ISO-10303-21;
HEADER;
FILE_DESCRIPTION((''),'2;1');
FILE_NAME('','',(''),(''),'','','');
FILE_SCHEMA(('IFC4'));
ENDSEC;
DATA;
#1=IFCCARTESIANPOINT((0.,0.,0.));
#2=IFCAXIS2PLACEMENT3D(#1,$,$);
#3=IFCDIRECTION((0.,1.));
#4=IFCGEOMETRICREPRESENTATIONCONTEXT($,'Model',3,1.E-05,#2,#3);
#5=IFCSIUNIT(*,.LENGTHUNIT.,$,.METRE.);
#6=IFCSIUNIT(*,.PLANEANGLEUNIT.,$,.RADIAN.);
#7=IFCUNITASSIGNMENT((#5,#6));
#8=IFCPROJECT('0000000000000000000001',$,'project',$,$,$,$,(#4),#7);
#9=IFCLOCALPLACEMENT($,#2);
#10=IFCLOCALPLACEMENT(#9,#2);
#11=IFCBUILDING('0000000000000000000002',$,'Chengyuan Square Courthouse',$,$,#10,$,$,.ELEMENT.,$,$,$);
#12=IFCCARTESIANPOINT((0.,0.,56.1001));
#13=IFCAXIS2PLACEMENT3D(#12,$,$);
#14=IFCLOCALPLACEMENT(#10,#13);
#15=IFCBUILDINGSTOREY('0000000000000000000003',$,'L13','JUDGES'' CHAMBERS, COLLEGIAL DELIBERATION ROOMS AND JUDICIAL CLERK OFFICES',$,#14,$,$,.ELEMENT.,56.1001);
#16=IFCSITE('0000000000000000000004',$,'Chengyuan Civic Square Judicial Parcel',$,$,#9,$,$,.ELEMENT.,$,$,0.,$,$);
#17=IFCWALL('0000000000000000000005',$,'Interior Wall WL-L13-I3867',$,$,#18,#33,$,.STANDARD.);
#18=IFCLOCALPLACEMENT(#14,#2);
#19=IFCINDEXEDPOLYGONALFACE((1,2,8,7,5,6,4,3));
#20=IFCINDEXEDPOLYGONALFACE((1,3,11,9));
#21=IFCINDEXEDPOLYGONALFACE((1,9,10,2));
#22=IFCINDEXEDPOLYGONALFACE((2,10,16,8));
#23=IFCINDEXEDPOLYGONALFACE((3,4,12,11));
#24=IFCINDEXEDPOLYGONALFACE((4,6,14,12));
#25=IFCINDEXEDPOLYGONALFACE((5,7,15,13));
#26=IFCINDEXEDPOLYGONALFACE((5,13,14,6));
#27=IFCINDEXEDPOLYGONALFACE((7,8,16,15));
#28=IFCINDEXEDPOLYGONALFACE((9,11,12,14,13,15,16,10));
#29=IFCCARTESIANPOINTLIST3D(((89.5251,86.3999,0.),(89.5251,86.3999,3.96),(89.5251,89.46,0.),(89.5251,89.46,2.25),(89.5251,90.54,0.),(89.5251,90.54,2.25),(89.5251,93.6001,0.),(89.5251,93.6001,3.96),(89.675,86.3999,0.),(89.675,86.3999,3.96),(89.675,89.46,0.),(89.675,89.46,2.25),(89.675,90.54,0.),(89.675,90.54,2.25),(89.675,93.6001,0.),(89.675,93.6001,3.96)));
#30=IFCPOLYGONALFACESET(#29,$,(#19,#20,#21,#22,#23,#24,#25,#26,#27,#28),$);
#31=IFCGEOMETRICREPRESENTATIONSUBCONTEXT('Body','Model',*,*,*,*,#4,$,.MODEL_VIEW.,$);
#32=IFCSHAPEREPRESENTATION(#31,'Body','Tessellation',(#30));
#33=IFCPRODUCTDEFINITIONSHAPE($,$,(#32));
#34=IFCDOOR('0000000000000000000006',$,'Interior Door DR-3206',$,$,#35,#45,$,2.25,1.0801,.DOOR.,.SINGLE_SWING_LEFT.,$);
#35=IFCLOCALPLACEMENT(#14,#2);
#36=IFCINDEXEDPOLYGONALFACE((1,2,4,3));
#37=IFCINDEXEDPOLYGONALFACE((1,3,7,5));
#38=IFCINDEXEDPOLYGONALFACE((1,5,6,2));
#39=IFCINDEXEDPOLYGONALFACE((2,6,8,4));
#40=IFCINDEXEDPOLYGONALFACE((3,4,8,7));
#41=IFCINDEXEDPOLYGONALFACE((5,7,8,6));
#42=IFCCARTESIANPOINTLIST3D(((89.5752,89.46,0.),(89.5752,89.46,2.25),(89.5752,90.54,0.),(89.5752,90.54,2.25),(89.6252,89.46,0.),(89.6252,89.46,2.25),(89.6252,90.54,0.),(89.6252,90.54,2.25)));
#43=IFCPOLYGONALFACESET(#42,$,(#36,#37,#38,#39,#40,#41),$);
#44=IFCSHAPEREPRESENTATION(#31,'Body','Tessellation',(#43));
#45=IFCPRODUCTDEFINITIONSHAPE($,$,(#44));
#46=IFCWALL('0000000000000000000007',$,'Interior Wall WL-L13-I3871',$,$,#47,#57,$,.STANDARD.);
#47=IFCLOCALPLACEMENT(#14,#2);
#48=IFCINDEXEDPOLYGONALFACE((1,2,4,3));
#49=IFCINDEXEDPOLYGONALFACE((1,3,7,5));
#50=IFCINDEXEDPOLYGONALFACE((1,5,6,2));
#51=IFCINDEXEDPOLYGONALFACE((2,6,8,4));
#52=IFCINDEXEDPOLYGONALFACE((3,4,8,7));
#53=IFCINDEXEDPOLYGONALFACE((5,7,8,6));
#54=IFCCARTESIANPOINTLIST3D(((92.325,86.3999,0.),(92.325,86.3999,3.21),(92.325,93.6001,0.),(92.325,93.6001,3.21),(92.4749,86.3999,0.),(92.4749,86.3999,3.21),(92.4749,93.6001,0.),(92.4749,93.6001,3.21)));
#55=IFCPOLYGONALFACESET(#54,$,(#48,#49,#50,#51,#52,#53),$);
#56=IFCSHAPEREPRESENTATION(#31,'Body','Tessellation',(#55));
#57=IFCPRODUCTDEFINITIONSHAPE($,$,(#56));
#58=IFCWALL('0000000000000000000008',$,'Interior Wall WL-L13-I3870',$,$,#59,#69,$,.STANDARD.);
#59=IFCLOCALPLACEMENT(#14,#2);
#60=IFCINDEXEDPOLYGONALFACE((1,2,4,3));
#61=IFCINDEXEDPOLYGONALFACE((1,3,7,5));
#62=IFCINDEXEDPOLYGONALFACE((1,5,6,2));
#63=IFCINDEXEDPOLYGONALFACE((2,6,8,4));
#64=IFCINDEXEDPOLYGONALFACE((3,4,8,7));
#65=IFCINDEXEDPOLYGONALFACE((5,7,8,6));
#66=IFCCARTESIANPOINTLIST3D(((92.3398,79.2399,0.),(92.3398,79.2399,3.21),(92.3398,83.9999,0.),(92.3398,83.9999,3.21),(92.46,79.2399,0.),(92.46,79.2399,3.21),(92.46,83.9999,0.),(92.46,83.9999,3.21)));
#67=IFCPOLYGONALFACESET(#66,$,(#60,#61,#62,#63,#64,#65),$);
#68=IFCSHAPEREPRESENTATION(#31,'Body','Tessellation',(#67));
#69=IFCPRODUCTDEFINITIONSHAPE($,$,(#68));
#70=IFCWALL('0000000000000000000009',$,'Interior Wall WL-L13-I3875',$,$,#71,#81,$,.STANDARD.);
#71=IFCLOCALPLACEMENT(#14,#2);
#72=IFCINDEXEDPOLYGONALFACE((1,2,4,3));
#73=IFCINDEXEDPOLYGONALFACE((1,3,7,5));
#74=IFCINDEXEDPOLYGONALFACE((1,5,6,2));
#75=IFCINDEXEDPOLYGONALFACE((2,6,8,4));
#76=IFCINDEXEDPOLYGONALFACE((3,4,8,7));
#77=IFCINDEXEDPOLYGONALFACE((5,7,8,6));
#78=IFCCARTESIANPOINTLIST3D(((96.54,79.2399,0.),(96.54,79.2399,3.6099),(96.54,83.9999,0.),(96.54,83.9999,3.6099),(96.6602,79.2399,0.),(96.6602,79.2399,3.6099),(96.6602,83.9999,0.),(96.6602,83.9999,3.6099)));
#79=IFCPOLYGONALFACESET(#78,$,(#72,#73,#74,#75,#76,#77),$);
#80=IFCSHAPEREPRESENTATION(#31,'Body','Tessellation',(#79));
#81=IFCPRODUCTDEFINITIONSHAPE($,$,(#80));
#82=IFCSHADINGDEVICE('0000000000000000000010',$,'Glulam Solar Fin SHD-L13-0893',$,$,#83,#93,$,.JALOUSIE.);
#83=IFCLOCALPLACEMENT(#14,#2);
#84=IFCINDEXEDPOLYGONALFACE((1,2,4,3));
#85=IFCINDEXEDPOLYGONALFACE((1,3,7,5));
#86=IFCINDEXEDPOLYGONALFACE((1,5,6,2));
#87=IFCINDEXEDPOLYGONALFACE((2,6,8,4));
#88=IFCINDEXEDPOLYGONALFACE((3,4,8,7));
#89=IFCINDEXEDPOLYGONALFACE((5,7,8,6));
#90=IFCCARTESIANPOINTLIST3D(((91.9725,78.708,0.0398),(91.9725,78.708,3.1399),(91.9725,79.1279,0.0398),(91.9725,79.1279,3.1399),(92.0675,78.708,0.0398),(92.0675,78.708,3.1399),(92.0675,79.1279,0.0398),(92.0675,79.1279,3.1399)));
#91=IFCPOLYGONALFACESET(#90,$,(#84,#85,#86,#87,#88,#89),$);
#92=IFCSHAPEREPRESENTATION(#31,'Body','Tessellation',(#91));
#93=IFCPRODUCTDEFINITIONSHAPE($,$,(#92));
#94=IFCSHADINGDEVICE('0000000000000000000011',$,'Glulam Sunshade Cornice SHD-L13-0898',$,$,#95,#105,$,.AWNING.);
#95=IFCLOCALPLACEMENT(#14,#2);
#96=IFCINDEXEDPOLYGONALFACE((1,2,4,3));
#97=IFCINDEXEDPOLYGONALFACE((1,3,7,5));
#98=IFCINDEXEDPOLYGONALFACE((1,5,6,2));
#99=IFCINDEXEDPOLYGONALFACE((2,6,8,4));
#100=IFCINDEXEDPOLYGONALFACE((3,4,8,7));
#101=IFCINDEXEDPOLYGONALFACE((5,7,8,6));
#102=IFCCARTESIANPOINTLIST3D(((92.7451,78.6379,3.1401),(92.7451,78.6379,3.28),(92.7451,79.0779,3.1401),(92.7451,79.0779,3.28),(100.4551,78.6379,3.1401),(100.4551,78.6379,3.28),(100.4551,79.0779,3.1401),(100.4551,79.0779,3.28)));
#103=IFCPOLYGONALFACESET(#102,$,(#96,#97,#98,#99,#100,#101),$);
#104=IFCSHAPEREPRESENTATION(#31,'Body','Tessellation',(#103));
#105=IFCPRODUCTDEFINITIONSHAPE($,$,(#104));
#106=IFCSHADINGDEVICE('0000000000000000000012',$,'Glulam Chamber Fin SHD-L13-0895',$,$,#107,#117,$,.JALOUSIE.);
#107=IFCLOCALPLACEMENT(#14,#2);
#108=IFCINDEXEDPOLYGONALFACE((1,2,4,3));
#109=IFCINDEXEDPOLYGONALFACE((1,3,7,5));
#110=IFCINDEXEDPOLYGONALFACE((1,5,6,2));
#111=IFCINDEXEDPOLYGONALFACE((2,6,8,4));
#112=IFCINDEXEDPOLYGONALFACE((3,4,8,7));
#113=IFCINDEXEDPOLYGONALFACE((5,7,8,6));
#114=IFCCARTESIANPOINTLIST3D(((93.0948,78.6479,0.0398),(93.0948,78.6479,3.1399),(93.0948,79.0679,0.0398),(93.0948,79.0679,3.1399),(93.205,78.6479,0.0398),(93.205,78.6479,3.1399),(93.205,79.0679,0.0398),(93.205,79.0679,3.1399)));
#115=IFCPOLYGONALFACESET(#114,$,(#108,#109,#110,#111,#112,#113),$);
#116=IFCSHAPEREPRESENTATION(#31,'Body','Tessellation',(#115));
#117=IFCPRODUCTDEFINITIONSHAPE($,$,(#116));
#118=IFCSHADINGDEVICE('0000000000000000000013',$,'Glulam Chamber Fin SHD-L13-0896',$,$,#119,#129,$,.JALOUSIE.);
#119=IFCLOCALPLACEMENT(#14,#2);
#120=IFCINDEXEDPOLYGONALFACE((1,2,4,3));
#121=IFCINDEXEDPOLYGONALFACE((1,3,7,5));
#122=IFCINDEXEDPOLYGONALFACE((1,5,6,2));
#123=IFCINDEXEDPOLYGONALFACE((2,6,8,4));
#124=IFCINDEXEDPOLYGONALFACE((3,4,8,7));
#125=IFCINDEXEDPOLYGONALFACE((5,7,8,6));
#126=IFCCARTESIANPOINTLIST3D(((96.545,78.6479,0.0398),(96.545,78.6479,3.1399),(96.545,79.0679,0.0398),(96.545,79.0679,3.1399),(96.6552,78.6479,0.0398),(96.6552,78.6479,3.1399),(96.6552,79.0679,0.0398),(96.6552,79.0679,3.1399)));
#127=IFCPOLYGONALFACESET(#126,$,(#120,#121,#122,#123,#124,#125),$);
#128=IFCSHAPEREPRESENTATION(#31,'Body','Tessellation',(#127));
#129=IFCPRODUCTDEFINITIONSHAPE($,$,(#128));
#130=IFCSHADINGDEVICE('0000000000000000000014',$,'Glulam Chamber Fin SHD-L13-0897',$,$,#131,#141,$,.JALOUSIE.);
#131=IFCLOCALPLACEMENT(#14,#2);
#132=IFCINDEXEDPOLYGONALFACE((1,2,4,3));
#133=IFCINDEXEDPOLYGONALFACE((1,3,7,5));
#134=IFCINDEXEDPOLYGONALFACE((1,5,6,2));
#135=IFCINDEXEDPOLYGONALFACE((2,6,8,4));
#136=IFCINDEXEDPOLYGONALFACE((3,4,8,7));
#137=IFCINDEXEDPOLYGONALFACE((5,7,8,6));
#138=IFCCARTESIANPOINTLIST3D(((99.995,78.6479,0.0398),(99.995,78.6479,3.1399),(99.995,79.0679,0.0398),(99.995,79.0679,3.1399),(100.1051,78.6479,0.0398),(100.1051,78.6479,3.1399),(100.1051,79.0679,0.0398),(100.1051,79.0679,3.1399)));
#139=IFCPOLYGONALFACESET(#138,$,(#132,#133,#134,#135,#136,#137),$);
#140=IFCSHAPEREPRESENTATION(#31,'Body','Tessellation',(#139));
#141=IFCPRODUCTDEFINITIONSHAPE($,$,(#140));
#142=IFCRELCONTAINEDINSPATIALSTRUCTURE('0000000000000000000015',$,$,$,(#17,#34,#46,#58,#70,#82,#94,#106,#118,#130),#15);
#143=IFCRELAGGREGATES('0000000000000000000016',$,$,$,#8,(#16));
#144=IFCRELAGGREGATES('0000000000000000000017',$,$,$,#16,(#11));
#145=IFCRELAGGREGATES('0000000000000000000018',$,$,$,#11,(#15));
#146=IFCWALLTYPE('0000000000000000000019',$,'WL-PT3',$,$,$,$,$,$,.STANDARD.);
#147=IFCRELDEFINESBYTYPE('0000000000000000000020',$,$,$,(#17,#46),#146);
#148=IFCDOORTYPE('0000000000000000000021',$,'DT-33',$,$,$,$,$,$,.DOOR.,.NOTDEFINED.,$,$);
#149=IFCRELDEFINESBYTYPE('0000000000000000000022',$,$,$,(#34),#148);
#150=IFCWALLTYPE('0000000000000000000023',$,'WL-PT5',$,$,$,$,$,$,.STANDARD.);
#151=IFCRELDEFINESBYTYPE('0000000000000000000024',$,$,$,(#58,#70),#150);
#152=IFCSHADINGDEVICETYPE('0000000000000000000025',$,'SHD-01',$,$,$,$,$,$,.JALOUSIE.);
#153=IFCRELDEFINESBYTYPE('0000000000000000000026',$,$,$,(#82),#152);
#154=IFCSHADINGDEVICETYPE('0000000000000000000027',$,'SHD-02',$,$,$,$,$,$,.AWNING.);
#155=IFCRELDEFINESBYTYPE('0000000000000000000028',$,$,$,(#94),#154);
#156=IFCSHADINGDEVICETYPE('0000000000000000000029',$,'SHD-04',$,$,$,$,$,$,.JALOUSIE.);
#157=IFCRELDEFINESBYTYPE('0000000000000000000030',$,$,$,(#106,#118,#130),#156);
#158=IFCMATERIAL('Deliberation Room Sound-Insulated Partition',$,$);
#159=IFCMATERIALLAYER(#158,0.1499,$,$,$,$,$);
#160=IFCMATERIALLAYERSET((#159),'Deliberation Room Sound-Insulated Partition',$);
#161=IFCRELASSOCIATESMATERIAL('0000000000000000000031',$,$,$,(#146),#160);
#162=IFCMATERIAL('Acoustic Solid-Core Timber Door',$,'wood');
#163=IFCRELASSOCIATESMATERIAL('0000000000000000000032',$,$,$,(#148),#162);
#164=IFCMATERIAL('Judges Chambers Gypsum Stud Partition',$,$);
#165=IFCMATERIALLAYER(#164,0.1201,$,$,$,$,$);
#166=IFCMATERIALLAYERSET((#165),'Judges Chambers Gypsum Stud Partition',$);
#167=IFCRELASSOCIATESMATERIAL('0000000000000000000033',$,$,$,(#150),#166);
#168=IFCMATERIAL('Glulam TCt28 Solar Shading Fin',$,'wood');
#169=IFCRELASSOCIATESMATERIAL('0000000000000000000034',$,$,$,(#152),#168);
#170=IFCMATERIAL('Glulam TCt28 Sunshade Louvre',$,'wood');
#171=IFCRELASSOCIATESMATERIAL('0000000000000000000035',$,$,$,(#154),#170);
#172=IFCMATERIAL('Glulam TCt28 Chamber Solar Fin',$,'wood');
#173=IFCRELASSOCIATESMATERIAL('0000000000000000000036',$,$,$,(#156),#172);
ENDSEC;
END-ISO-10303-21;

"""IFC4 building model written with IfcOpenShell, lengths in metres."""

from ifc_helpers import new_model, si_unit, direction, frame, frame_2d, origin, origin_2d, place, context, subcontext, project, spatial, rectangle, extrude, material, layer, layer_set, type_object, element, fill, save


model = new_model("IFC4")

# Units and contexts
model_context = context("Model", 3, precision=1e-05, world=origin(), true_north=direction((0.0, 1.0)))
body_context = subcontext(model_context, "Body", "Model", "MODEL_VIEW")
ifc_project = project(units=[si_unit("LENGTHUNIT", "METRE"), si_unit("PLANEANGLEUNIT", "RADIAN")], contexts=[model_context])

# Site, building, storey
site_placement = place(None, origin())
site = spatial("IfcSite", under=ifc_project, at=site_placement, Name="Chengyuan Civic Square Judicial Parcel", CompositionType="ELEMENT", RefElevation=0.0)
building_placement = place(site_placement, origin())
building = spatial("IfcBuilding", under=site, at=building_placement, Name="Chengyuan Square Courthouse", CompositionType="ELEMENT")
storey_placement = place(building_placement, frame((0.0, 0.0, 56.1001)))
storey = spatial("IfcBuildingStorey", under=building, at=storey_placement, Name="L13", Description="JUDGES' CHAMBERS, COLLEGIAL DELIBERATION ROOMS AND JUDICIAL CLERK OFFICES", CompositionType="ELEMENT", Elevation=56.1001)

# Shared definitions
ifc_material_1 = material(Name="Deliberation Room Sound-Insulated Partition")
ifc_layer_1 = layer(ifc_material_1, 0.1499)
ifc_layer_set_1 = layer_set([ifc_layer_1], Name="Deliberation Room Sound-Insulated Partition")
wall_type_1 = type_object("IfcWallType", Name="WL-PT3", PredefinedType="STANDARD", material=ifc_layer_set_1)
ifc_material_2 = material(Name="Acoustic Solid-Core Timber Door", Category="wood")

# Wall, opening, door
wall_1_placement = place(storey_placement, frame((89.6001, 86.3999, 0.0), z_axis=(0.0, 0.0, 1.0), x_axis=(0.0, 1.0, 0.0)))
wall_1 = element("IfcWall", 1, at=wall_1_placement, inside=storey, type_object=wall_type_1, Name="Interior Wall WL-L13-I3867", PredefinedType="STANDARD", context=body_context, shape_type="SweptSolid", body=[
    extrude(rectangle(XDim=7.2002, YDim=0.1499, at=frame_2d((3.6001, 0.0))), origin(), (0.0, 0.0, 1.0), 3.96),
])
opening_1_placement = place(wall_1_placement, frame((3.0601, 0.0, 0.0)))
opening_1 = element("IfcOpeningElement", 2, at=opening_1_placement, cuts=wall_1, PredefinedType="OPENING", context=body_context, shape_type="SweptSolid", body=[
    extrude(rectangle(XDim=1.0801, YDim=2.25, at=frame_2d((0.54, 1.125))), frame((0.0, 0.0869, 0.0), z_axis=(0.0, -1.0, 0.0), x_axis=(1.0, 0.0, 0.0)), (0.0, 0.0, 1.0), 0.1738),
])
door_type_1 = type_object("IfcDoorType", Name="DT-33", OperationType="NOTDEFINED", PredefinedType="DOOR", material=ifc_material_2)
door_1_placement = place(opening_1_placement, origin())
door_1 = element("IfcDoor", 3, at=door_1_placement, inside=storey, type_object=door_type_1, Name="Interior Door DR-3206", OperationType="SINGLE_SWING_LEFT", OverallHeight=2.25, OverallWidth=1.0801, PredefinedType="DOOR", context=body_context, shape_type="SweptSolid", body=[
    extrude(rectangle(XDim=1.0801, YDim=2.25, at=frame_2d((0.54, 1.125))), frame((0.0, 0.0249, 0.0), z_axis=(0.0, -1.0, 0.0), x_axis=(1.0, 0.0, 0.0)), (0.0, 0.0, 1.0), 0.05),
])
fill(opening_1, door_1)

# Walls
wall_2_placement = place(storey_placement, frame((92.3999, 86.3999, 0.0), z_axis=(0.0, 0.0, 1.0), x_axis=(0.0, 1.0, 0.0)))
element("IfcWall", 4, at=wall_2_placement, inside=storey, type_object=wall_type_1, Name="Interior Wall WL-L13-I3871", PredefinedType="STANDARD", context=body_context, shape_type="SweptSolid", body=[
    extrude(rectangle(XDim=7.2002, YDim=0.1499, at=frame_2d((3.6001, 0.0))), origin(), (0.0, 0.0, 1.0), 3.21),
])
ifc_material_3 = material(Name="Judges Chambers Gypsum Stud Partition")
ifc_layer_2 = layer(ifc_material_3, 0.1201)
ifc_layer_set_2 = layer_set([ifc_layer_2], Name="Judges Chambers Gypsum Stud Partition")
wall_type_2 = type_object("IfcWallType", Name="WL-PT5", PredefinedType="STANDARD", material=ifc_layer_set_2)
wall_3_placement = place(storey_placement, frame((92.3999, 79.24, 0.0), z_axis=(0.0, 0.0, 1.0), x_axis=(0.0, 1.0, 0.0)))
element("IfcWall", 5, at=wall_3_placement, inside=storey, type_object=wall_type_2, Name="Interior Wall WL-L13-I3870", PredefinedType="STANDARD", context=body_context, shape_type="SweptSolid", body=[
    extrude(rectangle(XDim=4.76, YDim=0.1201, at=frame_2d((2.3799, 0.0))), origin(), (0.0, 0.0, 1.0), 3.21),
])
wall_4_placement = place(storey_placement, frame((96.6001, 79.24, 0.0), z_axis=(0.0, 0.0, 1.0), x_axis=(0.0, 1.0, 0.0)))
element("IfcWall", 6, at=wall_4_placement, inside=storey, type_object=wall_type_2, Name="Interior Wall WL-L13-I3875", PredefinedType="STANDARD", context=body_context, shape_type="SweptSolid", body=[
    extrude(rectangle(XDim=4.76, YDim=0.1201, at=frame_2d((2.3799, 0.0))), origin(), (0.0, 0.0, 1.0), 3.6099),
])

# Shading devices
ifc_material_4 = material(Name="Glulam TCt28 Solar Shading Fin", Category="wood")
shading_device_type_1 = type_object("IfcShadingDeviceType", Name="SHD-01", PredefinedType="JALOUSIE", material=ifc_material_4)
shading_device_1_placement = place(storey_placement, frame((92.02, 78.918, 0.0398), z_axis=(0.0, 0.0, 1.0), x_axis=(0.0, 1.0, 0.0)))
element("IfcShadingDevice", 7, at=shading_device_1_placement, inside=storey, type_object=shading_device_type_1, Name="Glulam Solar Fin SHD-L13-0893", PredefinedType="JALOUSIE", context=body_context, shape_type="SweptSolid", body=[
    extrude(rectangle(XDim=0.4199, YDim=0.095, at=origin_2d()), origin(), (0.0, 0.0, 1.0), 3.1001),
])
ifc_material_5 = material(Name="Glulam TCt28 Sunshade Louvre", Category="wood")
shading_device_type_2 = type_object("IfcShadingDeviceType", Name="SHD-02", PredefinedType="AWNING", material=ifc_material_5)
shading_device_2_placement = place(storey_placement, frame((96.6001, 78.8579, 3.1401), z_axis=(0.0, 0.0, 1.0), x_axis=(1.0, 0.0, 0.0)))
element("IfcShadingDevice", 8, at=shading_device_2_placement, inside=storey, type_object=shading_device_type_2, Name="Glulam Sunshade Cornice SHD-L13-0898", PredefinedType="AWNING", context=body_context, shape_type="SweptSolid", body=[
    extrude(rectangle(XDim=7.71, YDim=0.4399, at=origin_2d()), origin(), (0.0, 0.0, 1.0), 0.1399),
])
ifc_material_6 = material(Name="Glulam TCt28 Chamber Solar Fin", Category="wood")
shading_device_type_3 = type_object("IfcShadingDeviceType", Name="SHD-04", PredefinedType="JALOUSIE", material=ifc_material_6)
for number, where, z_axis, x_axis, name in (
    (9, (93.1499, 78.8579, 0.0398), (0.0, 0.0, 1.0), (0.0, 1.0, 0.0), "Glulam Chamber Fin SHD-L13-0895"),
    (10, (96.6001, 78.8579, 0.0398), (0.0, 0.0, 1.0), (0.0, 1.0, 0.0), "Glulam Chamber Fin SHD-L13-0896"),
    (11, (100.05, 78.8579, 0.0398), (0.0, 0.0, 1.0), (0.0, 1.0, 0.0), "Glulam Chamber Fin SHD-L13-0897"),
):
    element("IfcShadingDevice", number, at=place(storey_placement, frame(where, z_axis=z_axis, x_axis=x_axis)), inside=storey, type_object=shading_device_type_3, Name=name, PredefinedType="JALOUSIE", context=body_context, shape_type="SweptSolid", body=[
        extrude(rectangle(XDim=0.4199, YDim=0.1101, at=origin_2d()), origin(), (0.0, 0.0, 1.0), 3.1001),
    ])

save(model, "model.ifc")
